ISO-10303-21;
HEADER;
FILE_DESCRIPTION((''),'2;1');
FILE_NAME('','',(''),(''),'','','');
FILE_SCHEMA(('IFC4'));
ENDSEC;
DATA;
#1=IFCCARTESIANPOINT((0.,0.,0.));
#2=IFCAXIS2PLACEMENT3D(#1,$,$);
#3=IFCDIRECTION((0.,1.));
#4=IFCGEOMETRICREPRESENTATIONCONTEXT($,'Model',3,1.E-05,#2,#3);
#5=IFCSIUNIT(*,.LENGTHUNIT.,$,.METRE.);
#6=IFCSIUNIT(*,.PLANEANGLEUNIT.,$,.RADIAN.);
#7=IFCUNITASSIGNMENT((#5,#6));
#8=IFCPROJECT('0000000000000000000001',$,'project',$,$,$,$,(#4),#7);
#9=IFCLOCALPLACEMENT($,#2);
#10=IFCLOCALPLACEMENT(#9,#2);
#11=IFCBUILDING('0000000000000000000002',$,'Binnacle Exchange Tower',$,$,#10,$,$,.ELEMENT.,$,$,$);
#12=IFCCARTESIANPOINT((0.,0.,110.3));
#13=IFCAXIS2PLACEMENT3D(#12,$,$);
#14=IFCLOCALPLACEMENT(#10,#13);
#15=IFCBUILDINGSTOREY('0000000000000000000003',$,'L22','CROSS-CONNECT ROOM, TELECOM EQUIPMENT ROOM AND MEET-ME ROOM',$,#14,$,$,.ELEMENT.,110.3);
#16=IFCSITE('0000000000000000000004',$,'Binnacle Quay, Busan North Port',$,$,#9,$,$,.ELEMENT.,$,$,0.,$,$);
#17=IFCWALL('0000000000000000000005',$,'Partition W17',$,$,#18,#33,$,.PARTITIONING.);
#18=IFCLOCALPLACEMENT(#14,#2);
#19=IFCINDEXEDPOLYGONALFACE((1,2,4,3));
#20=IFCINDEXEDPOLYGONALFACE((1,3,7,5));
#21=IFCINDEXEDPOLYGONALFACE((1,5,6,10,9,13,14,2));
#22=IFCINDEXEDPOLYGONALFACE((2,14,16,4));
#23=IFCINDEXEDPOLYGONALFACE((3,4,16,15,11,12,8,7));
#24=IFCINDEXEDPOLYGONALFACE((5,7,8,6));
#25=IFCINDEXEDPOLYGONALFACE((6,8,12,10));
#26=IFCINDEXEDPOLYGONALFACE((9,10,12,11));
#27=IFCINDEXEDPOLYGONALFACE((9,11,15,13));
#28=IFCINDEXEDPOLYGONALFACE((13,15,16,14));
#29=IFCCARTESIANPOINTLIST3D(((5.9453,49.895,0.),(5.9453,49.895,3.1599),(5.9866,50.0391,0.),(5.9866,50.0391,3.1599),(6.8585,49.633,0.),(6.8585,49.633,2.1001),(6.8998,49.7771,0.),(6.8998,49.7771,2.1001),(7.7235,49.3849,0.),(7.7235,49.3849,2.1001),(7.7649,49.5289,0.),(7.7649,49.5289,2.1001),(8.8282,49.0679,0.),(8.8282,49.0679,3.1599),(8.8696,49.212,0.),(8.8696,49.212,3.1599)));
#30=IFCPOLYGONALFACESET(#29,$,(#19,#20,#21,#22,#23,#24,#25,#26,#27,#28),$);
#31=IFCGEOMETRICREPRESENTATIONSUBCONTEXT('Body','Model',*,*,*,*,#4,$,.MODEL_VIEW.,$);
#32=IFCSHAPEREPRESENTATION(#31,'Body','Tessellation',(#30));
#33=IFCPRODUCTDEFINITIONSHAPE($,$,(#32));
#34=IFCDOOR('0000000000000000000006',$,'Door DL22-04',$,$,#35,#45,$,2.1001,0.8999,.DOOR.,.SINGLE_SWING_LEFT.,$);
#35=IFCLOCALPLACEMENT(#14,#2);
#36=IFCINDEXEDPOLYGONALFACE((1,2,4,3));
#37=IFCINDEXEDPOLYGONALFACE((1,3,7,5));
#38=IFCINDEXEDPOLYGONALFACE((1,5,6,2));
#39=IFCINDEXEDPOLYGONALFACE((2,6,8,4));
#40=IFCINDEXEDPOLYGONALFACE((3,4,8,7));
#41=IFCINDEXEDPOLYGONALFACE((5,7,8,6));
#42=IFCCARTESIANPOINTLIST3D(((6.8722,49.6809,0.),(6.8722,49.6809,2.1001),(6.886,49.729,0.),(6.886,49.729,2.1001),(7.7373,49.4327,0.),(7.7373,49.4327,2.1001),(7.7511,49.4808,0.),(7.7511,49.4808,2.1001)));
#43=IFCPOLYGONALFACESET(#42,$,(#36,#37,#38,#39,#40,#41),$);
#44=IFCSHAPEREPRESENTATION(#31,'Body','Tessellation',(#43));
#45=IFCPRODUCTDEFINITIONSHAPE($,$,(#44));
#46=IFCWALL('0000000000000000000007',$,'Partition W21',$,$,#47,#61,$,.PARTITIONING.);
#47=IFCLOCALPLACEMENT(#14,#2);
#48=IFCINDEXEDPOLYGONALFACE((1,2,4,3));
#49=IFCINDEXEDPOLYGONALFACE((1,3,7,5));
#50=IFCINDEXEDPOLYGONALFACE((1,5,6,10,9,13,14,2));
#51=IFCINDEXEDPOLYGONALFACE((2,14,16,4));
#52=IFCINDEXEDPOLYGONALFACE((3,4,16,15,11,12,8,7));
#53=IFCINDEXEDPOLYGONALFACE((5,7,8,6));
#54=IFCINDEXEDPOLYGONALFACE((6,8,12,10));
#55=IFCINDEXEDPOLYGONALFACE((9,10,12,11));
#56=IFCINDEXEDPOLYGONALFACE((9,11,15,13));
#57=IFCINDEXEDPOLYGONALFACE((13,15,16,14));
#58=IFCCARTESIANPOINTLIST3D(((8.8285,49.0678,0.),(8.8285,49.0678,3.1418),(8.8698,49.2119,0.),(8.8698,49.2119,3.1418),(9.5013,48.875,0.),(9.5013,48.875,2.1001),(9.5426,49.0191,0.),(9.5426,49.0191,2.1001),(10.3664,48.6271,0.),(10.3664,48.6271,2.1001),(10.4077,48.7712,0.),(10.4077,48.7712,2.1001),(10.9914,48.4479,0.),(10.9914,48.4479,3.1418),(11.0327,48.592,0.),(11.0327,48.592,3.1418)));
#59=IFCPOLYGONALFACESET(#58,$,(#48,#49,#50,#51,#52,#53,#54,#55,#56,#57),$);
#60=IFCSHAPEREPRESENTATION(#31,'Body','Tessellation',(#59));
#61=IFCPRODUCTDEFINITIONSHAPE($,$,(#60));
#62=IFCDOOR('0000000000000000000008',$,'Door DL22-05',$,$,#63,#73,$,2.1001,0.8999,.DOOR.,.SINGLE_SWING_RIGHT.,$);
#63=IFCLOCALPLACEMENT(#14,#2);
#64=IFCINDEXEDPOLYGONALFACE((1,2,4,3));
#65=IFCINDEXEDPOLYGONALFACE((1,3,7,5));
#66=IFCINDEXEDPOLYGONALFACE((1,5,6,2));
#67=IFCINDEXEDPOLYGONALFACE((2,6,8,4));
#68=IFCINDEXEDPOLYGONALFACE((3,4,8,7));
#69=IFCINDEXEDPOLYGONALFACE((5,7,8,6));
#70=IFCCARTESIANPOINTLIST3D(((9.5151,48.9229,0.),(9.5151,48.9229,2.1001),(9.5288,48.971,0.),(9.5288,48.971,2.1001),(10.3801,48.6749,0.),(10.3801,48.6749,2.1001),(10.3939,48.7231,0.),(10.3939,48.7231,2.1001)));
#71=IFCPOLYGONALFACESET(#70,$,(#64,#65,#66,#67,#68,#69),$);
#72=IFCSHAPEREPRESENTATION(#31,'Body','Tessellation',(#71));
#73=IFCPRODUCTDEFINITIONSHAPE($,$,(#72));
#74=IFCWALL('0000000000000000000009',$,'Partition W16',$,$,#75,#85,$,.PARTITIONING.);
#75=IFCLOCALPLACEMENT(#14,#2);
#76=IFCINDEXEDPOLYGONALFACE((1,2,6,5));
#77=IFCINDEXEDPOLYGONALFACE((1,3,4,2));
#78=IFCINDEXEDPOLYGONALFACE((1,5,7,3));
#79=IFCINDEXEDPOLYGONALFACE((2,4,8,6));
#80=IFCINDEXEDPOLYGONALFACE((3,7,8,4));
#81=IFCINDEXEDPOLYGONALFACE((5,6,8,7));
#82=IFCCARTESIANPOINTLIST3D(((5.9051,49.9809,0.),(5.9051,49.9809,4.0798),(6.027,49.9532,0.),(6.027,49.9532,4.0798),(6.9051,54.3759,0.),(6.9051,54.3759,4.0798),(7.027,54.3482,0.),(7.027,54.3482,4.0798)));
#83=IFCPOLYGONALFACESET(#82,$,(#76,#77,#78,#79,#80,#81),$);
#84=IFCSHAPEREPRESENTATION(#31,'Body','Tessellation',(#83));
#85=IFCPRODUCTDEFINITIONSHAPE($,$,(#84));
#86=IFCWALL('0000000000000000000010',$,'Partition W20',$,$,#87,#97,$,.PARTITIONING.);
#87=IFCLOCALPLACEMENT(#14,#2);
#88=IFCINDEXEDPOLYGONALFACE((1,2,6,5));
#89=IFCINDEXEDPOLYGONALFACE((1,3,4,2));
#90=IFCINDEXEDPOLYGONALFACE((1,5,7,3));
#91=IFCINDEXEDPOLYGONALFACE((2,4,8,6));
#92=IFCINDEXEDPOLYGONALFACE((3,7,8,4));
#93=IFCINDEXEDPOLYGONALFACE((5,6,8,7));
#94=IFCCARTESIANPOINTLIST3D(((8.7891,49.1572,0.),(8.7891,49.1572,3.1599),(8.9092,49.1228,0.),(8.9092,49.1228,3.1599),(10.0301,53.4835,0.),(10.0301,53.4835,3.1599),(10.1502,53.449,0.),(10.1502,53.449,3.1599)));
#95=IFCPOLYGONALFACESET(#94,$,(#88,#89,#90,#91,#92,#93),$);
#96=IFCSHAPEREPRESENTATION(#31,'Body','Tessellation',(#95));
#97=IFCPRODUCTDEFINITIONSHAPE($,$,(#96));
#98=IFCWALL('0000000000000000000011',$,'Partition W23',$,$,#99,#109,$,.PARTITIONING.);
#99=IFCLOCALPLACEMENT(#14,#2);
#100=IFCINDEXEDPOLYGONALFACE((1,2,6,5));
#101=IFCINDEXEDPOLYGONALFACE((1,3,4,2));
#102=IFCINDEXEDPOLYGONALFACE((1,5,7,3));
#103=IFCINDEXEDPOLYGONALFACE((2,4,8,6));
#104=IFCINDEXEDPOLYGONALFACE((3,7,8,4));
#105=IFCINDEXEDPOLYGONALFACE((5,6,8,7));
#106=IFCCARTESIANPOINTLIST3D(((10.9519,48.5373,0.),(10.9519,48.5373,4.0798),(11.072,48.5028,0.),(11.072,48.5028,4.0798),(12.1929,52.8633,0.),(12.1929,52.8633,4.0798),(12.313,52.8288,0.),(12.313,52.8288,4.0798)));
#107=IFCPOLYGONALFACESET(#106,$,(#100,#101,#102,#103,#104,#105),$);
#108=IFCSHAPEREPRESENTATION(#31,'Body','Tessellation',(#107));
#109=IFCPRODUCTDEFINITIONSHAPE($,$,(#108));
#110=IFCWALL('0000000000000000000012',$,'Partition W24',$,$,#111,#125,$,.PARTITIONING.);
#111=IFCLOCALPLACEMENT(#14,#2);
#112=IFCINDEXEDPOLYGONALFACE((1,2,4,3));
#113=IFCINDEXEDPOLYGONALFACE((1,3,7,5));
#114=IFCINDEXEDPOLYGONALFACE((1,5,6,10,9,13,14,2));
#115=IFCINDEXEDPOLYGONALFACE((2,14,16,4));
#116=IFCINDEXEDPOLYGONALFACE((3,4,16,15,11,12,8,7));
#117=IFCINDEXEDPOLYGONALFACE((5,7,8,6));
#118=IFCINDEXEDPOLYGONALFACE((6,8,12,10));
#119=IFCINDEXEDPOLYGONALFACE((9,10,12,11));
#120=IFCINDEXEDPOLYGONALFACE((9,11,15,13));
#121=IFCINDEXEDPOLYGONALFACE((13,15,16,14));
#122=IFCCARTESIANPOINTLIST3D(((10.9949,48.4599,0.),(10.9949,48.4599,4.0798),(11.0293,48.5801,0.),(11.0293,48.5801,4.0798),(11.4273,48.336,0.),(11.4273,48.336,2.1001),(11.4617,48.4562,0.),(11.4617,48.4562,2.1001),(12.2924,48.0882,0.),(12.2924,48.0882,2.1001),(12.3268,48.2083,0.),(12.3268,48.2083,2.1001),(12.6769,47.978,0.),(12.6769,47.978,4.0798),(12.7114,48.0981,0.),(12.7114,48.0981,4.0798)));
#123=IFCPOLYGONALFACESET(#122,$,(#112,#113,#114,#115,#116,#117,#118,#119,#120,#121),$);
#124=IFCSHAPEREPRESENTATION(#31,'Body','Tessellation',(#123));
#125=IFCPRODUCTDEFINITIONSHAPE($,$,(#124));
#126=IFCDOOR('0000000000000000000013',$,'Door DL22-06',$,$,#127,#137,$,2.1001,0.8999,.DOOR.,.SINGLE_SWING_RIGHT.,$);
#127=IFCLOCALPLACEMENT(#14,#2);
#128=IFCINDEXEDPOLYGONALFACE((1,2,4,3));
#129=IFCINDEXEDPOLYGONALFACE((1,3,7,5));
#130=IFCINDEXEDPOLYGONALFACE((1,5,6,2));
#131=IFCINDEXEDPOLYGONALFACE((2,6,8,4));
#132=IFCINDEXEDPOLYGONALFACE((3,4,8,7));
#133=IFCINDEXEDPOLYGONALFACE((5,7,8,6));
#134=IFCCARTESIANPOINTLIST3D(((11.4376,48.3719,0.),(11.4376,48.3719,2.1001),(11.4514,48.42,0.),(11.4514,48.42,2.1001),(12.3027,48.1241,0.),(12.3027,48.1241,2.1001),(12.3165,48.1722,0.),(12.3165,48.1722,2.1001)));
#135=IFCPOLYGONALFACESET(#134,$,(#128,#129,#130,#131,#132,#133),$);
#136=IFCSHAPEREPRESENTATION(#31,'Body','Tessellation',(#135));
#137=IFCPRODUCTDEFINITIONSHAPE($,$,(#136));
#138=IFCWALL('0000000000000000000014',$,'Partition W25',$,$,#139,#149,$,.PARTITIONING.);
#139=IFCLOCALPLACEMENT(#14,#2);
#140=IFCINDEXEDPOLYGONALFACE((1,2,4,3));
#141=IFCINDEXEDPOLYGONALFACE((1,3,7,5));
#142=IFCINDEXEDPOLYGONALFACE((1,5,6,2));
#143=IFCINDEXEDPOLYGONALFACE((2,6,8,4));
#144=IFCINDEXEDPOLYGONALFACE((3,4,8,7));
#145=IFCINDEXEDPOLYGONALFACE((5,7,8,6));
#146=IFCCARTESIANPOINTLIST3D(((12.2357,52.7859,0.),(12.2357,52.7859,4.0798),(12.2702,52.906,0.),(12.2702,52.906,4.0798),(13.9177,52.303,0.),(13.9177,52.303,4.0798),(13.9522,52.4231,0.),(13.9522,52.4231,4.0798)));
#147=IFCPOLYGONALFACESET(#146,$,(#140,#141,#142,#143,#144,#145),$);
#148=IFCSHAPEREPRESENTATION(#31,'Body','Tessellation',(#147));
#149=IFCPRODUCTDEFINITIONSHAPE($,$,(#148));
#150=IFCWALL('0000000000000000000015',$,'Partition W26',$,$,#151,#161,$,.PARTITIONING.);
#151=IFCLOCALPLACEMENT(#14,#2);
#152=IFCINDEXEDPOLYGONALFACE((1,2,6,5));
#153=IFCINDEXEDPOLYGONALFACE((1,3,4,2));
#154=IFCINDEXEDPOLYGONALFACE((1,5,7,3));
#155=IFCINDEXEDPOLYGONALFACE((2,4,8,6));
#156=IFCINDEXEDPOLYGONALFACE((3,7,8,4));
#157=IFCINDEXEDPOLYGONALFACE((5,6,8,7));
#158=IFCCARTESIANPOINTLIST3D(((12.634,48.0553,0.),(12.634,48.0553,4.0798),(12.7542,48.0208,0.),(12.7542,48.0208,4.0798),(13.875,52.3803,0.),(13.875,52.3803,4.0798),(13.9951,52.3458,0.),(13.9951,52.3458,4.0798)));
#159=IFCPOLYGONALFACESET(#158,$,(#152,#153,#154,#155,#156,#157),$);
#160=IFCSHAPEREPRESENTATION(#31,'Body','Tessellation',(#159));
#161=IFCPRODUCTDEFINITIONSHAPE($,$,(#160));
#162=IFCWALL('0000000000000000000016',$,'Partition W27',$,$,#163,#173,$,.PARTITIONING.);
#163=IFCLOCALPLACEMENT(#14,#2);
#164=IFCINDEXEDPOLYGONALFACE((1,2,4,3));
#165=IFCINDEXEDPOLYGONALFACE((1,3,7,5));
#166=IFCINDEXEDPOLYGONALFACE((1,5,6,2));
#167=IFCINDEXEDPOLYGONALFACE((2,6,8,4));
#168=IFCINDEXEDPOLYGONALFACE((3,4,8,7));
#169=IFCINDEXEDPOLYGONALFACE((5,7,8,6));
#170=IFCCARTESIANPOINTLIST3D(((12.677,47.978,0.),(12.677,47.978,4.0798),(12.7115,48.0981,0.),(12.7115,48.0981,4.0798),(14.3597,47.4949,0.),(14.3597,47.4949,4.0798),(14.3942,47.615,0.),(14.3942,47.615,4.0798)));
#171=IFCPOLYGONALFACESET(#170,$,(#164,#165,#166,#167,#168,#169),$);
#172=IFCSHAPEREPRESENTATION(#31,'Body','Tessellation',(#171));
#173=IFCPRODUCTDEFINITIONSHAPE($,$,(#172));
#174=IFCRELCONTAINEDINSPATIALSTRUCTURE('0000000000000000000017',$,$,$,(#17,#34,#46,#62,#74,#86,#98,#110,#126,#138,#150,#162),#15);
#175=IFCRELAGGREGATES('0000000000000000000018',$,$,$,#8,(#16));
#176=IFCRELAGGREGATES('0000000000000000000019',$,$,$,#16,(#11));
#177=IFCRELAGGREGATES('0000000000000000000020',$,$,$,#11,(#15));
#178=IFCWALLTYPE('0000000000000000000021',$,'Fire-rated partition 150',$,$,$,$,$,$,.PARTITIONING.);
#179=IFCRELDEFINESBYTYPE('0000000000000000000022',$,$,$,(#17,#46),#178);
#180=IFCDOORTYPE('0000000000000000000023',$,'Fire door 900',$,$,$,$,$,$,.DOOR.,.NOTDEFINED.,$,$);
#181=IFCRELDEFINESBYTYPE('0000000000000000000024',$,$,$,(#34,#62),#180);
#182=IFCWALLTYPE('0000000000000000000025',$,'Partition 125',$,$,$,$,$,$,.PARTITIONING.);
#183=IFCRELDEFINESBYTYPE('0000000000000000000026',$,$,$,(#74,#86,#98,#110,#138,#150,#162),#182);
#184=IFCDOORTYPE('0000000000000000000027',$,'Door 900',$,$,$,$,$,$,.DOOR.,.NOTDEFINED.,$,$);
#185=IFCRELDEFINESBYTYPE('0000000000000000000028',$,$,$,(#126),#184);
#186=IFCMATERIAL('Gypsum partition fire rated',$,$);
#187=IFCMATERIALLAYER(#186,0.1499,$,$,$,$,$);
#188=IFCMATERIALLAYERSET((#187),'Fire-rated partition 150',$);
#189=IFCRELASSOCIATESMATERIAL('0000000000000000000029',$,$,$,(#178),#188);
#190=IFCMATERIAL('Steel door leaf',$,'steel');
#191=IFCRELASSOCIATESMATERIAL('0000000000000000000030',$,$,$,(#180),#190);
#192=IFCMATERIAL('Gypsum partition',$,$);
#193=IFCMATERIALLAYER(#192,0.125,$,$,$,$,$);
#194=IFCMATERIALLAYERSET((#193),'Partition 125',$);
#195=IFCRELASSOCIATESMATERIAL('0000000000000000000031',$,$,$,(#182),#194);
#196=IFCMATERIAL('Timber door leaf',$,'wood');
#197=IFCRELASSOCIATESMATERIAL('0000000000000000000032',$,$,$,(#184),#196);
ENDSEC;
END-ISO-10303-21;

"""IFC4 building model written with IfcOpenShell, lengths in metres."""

from ifc_helpers import new_model, si_unit, direction, frame, frame_2d, origin, place, context, subcontext, project, spatial, rectangle, extrude, material, layer, layer_set, type_object, element, fill, save


model = new_model("IFC4")

# Units and contexts
model_context = context("Model", 3, precision=1e-05, world=origin(), true_north=direction((0.0, 1.0)))
body_context = subcontext(model_context, "Body", "Model", "MODEL_VIEW")
ifc_project = project(units=[si_unit("LENGTHUNIT", "METRE"), si_unit("PLANEANGLEUNIT", "RADIAN")], contexts=[model_context])

# Site, building, storey
site_placement = place(None, origin())
site = spatial("IfcSite", under=ifc_project, at=site_placement, Name="Binnacle Quay, Busan North Port", CompositionType="ELEMENT", RefElevation=0.0)
building_placement = place(site_placement, origin())
building = spatial("IfcBuilding", under=site, at=building_placement, Name="Binnacle Exchange Tower", CompositionType="ELEMENT")
storey_placement = place(building_placement, frame((0.0, 0.0, 110.3)))
storey = spatial("IfcBuildingStorey", under=building, at=storey_placement, Name="L22", Description="CROSS-CONNECT ROOM, TELECOM EQUIPMENT ROOM AND MEET-ME ROOM", CompositionType="ELEMENT", Elevation=110.3)

# Shared definitions
ifc_material_1 = material(Name="Gypsum partition fire rated")
ifc_layer_1 = layer(ifc_material_1, 0.1499)
ifc_layer_set_1 = layer_set([ifc_layer_1], Name="Fire-rated partition 150")
wall_type_1 = type_object("IfcWallType", Name="Fire-rated partition 150", PredefinedType="PARTITIONING", material=ifc_layer_set_1)

# Walls, openings, doors
ifc_material_2 = material(Name="Steel door leaf", Category="steel")
door_type_1 = type_object("IfcDoorType", Name="Fire door 900", OperationType="NOTDEFINED", PredefinedType="DOOR", material=ifc_material_2)
wall_1_placement = place(storey_placement, frame((5.9661, 49.967, 0.0), z_axis=(0.0, 0.0, 1.0), x_axis=(0.961222, -0.275775, 0.0)))
wall_1 = element("IfcWall", 1, at=wall_1_placement, inside=storey, type_object=wall_type_1, Name="Partition W17", PredefinedType="PARTITIONING", context=body_context, shape_type="SweptSolid", body=[
    extrude(rectangle(XDim=2.9993, YDim=0.1499, at=frame_2d((1.4995, 0.0))), origin(), (0.0, 0.0, 1.0), 3.1599),
])
opening_1_placement = place(wall_1_placement, frame((0.95, 0.0, 0.0)))
opening_1 = element("IfcOpeningElement", 2, at=opening_1_placement, cuts=wall_1, PredefinedType="OPENING", context=body_context, shape_type="SweptSolid", body=[
    extrude(rectangle(XDim=0.8999, YDim=2.1001, at=frame_2d((0.45, 1.05))), frame((0.0, 0.085, 0.0), z_axis=(0.0, -1.0, 0.0), x_axis=(1.0, 0.0, 0.0)), (0.0, 0.0, 1.0), 0.1699),
])
door_1_placement = place(opening_1_placement, origin())
door_1 = element("IfcDoor", 3, at=door_1_placement, inside=storey, type_object=door_type_1, Name="Door DL22-04", OperationType="SINGLE_SWING_LEFT", OverallHeight=2.1001, OverallWidth=0.8999, PredefinedType="DOOR", context=body_context, shape_type="SweptSolid", body=[
    extrude(rectangle(XDim=0.8999, YDim=2.1001, at=frame_2d((0.45, 1.05))), frame((0.0, 0.0249, 0.0), z_axis=(0.0, -1.0, 0.0), x_axis=(1.0, 0.0, 0.0)), (0.0, 0.0, 1.0), 0.05),
])
fill(opening_1, door_1)
wall_2_placement = place(storey_placement, frame((8.8491, 49.1399, 0.0), z_axis=(0.0, 0.0, 1.0), x_axis=(0.961298, -0.275509, 0.0)))
wall_2 = element("IfcWall", 4, at=wall_2_placement, inside=storey, type_object=wall_type_1, Name="Partition W21", PredefinedType="PARTITIONING", context=body_context, shape_type="SweptSolid", body=[
    extrude(rectangle(XDim=2.25, YDim=0.1499, at=frame_2d((1.125, 0.0))), origin(), (0.0, 0.0, 1.0), 3.1418),
])
opening_2_placement = place(wall_2_placement, frame((0.7, 0.0, 0.0)))
opening_2 = element("IfcOpeningElement", 5, at=opening_2_placement, cuts=wall_2, PredefinedType="OPENING", context=body_context, shape_type="SweptSolid", body=[
    extrude(rectangle(XDim=0.8999, YDim=2.1001, at=frame_2d((0.45, 1.05))), frame((0.0, 0.085, 0.0), z_axis=(0.0, -1.0, 0.0), x_axis=(1.0, 0.0, 0.0)), (0.0, 0.0, 1.0), 0.1699),
])
door_2_placement = place(opening_2_placement, origin())
door_2 = element("IfcDoor", 6, at=door_2_placement, inside=storey, type_object=door_type_1, Name="Door DL22-05", OperationType="SINGLE_SWING_RIGHT", OverallHeight=2.1001, OverallWidth=0.8999, PredefinedType="DOOR", context=body_context, shape_type="SweptSolid", body=[
    extrude(rectangle(XDim=0.8999, YDim=2.1001, at=frame_2d((0.45, 1.05))), frame((0.0, 0.0249, 0.0), z_axis=(0.0, -1.0, 0.0), x_axis=(1.0, 0.0, 0.0)), (0.0, 0.0, 1.0), 0.05),
])
fill(opening_2, door_2)

# Walls
ifc_material_3 = material(Name="Gypsum partition")
ifc_layer_2 = layer(ifc_material_3, 0.125)
ifc_layer_set_2 = layer_set([ifc_layer_2], Name="Partition 125")
wall_type_2 = type_object("IfcWallType", Name="Partition 125", PredefinedType="PARTITIONING", material=ifc_layer_set_2)
wall_3_placement = place(storey_placement, frame((5.9661, 49.967, 0.0), z_axis=(0.0, 0.0, 1.0), x_axis=(0.22186, 0.975079, 0.0)))
element("IfcWall", 7, at=wall_3_placement, inside=storey, type_object=wall_type_2, Name="Partition W16", PredefinedType="PARTITIONING", context=body_context, shape_type="SweptSolid", body=[
    extrude(rectangle(XDim=4.5073, YDim=0.125, at=frame_2d((2.2537, 0.0))), origin(), (0.0, 0.0, 1.0), 4.0798),
])
wall_4_placement = place(storey_placement, frame((8.8491, 49.1399, 0.0), z_axis=(0.0, 0.0, 1.0), x_axis=(0.275731, 0.961235, 0.0)))
element("IfcWall", 8, at=wall_4_placement, inside=storey, type_object=wall_type_2, Name="Partition W20", PredefinedType="PARTITIONING", context=body_context, shape_type="SweptSolid", body=[
    extrude(rectangle(XDim=4.5007, YDim=0.125, at=frame_2d((2.2505, 0.0))), origin(), (0.0, 0.0, 1.0), 3.1599),
])
wall_5_placement = place(storey_placement, frame((11.012, 48.52, 0.0), z_axis=(0.0, 0.0, 1.0), x_axis=(0.275746, 0.961231, 0.0)))
element("IfcWall", 9, at=wall_5_placement, inside=storey, type_object=wall_type_2, Name="Partition W23", PredefinedType="PARTITIONING", context=body_context, shape_type="SweptSolid", body=[
    extrude(rectangle(XDim=4.5005, YDim=0.125, at=frame_2d((2.2502, 0.0))), origin(), (0.0, 0.0, 1.0), 4.0798),
])

# Wall, opening, door
wall_6_placement = place(storey_placement, frame((11.012, 48.52, 0.0), z_axis=(0.0, 0.0, 1.0), x_axis=(0.961324, -0.275421, 0.0)))
wall_6 = element("IfcWall", 10, at=wall_6_placement, inside=storey, type_object=wall_type_2, Name="Partition W24", PredefinedType="PARTITIONING", context=body_context, shape_type="SweptSolid", body=[
    extrude(rectangle(XDim=1.7498, YDim=0.125, at=frame_2d((0.875, 0.0))), origin(), (0.0, 0.0, 1.0), 4.0798),
])
opening_3_placement = place(wall_6_placement, frame((0.45, 0.0, 0.0)))
opening_3 = element("IfcOpeningElement", 11, at=opening_3_placement, cuts=wall_6, PredefinedType="OPENING", context=body_context, shape_type="SweptSolid", body=[
    extrude(rectangle(XDim=0.8999, YDim=2.1001, at=frame_2d((0.45, 1.05))), frame((0.0, 0.0725, 0.0), z_axis=(0.0, -1.0, 0.0), x_axis=(1.0, 0.0, 0.0)), (0.0, 0.0, 1.0), 0.145),
])
ifc_material_4 = material(Name="Timber door leaf", Category="wood")
door_type_2 = type_object("IfcDoorType", Name="Door 900", OperationType="NOTDEFINED", PredefinedType="DOOR", material=ifc_material_4)
door_3_placement = place(opening_3_placement, origin())
door_3 = element("IfcDoor", 12, at=door_3_placement, inside=storey, type_object=door_type_2, Name="Door DL22-06", OperationType="SINGLE_SWING_RIGHT", OverallHeight=2.1001, OverallWidth=0.8999, PredefinedType="DOOR", context=body_context, shape_type="SweptSolid", body=[
    extrude(rectangle(XDim=0.8999, YDim=2.1001, at=frame_2d((0.45, 1.05))), frame((0.0, 0.0249, 0.0), z_axis=(0.0, -1.0, 0.0), x_axis=(1.0, 0.0, 0.0)), (0.0, 0.0, 1.0), 0.05),
])
fill(opening_3, door_3)

# Walls
wall_7_placement = place(storey_placement, frame((12.2529, 52.8459, 0.0), z_axis=(0.0, 0.0, 1.0), x_axis=(0.961176, -0.275937, 0.0)))
element("IfcWall", 13, at=wall_7_placement, inside=storey, type_object=wall_type_2, Name="Partition W25", PredefinedType="PARTITIONING", context=body_context, shape_type="SweptSolid", body=[
    extrude(rectangle(XDim=1.75, YDim=0.125, at=frame_2d((0.875, 0.0))), origin(), (0.0, 0.0, 1.0), 4.0798),
])
wall_8_placement = place(storey_placement, frame((12.6941, 48.0381, 0.0), z_axis=(0.0, 0.0, 1.0), x_axis=(0.275803, 0.961214, 0.0)))
element("IfcWall", 14, at=wall_8_placement, inside=storey, type_object=wall_type_2, Name="Partition W26", PredefinedType="PARTITIONING", context=body_context, shape_type="SweptSolid", body=[
    extrude(rectangle(XDim=4.4995, YDim=0.125, at=frame_2d((2.2498, 0.0))), origin(), (0.0, 0.0, 1.0), 4.0798),
])
wall_9_placement = place(storey_placement, frame((12.6941, 48.0381, 0.0), z_axis=(0.0, 0.0, 1.0), x_axis=(0.961171, -0.275955, 0.0)))
element("IfcWall", 15, at=wall_9_placement, inside=storey, type_object=wall_type_2, Name="Partition W27", PredefinedType="PARTITIONING", context=body_context, shape_type="SweptSolid", body=[
    extrude(rectangle(XDim=1.7507, YDim=0.125, at=frame_2d((0.8755, 0.0))), origin(), (0.0, 0.0, 1.0), 4.0798),
])

save(model, "model.ifc")
